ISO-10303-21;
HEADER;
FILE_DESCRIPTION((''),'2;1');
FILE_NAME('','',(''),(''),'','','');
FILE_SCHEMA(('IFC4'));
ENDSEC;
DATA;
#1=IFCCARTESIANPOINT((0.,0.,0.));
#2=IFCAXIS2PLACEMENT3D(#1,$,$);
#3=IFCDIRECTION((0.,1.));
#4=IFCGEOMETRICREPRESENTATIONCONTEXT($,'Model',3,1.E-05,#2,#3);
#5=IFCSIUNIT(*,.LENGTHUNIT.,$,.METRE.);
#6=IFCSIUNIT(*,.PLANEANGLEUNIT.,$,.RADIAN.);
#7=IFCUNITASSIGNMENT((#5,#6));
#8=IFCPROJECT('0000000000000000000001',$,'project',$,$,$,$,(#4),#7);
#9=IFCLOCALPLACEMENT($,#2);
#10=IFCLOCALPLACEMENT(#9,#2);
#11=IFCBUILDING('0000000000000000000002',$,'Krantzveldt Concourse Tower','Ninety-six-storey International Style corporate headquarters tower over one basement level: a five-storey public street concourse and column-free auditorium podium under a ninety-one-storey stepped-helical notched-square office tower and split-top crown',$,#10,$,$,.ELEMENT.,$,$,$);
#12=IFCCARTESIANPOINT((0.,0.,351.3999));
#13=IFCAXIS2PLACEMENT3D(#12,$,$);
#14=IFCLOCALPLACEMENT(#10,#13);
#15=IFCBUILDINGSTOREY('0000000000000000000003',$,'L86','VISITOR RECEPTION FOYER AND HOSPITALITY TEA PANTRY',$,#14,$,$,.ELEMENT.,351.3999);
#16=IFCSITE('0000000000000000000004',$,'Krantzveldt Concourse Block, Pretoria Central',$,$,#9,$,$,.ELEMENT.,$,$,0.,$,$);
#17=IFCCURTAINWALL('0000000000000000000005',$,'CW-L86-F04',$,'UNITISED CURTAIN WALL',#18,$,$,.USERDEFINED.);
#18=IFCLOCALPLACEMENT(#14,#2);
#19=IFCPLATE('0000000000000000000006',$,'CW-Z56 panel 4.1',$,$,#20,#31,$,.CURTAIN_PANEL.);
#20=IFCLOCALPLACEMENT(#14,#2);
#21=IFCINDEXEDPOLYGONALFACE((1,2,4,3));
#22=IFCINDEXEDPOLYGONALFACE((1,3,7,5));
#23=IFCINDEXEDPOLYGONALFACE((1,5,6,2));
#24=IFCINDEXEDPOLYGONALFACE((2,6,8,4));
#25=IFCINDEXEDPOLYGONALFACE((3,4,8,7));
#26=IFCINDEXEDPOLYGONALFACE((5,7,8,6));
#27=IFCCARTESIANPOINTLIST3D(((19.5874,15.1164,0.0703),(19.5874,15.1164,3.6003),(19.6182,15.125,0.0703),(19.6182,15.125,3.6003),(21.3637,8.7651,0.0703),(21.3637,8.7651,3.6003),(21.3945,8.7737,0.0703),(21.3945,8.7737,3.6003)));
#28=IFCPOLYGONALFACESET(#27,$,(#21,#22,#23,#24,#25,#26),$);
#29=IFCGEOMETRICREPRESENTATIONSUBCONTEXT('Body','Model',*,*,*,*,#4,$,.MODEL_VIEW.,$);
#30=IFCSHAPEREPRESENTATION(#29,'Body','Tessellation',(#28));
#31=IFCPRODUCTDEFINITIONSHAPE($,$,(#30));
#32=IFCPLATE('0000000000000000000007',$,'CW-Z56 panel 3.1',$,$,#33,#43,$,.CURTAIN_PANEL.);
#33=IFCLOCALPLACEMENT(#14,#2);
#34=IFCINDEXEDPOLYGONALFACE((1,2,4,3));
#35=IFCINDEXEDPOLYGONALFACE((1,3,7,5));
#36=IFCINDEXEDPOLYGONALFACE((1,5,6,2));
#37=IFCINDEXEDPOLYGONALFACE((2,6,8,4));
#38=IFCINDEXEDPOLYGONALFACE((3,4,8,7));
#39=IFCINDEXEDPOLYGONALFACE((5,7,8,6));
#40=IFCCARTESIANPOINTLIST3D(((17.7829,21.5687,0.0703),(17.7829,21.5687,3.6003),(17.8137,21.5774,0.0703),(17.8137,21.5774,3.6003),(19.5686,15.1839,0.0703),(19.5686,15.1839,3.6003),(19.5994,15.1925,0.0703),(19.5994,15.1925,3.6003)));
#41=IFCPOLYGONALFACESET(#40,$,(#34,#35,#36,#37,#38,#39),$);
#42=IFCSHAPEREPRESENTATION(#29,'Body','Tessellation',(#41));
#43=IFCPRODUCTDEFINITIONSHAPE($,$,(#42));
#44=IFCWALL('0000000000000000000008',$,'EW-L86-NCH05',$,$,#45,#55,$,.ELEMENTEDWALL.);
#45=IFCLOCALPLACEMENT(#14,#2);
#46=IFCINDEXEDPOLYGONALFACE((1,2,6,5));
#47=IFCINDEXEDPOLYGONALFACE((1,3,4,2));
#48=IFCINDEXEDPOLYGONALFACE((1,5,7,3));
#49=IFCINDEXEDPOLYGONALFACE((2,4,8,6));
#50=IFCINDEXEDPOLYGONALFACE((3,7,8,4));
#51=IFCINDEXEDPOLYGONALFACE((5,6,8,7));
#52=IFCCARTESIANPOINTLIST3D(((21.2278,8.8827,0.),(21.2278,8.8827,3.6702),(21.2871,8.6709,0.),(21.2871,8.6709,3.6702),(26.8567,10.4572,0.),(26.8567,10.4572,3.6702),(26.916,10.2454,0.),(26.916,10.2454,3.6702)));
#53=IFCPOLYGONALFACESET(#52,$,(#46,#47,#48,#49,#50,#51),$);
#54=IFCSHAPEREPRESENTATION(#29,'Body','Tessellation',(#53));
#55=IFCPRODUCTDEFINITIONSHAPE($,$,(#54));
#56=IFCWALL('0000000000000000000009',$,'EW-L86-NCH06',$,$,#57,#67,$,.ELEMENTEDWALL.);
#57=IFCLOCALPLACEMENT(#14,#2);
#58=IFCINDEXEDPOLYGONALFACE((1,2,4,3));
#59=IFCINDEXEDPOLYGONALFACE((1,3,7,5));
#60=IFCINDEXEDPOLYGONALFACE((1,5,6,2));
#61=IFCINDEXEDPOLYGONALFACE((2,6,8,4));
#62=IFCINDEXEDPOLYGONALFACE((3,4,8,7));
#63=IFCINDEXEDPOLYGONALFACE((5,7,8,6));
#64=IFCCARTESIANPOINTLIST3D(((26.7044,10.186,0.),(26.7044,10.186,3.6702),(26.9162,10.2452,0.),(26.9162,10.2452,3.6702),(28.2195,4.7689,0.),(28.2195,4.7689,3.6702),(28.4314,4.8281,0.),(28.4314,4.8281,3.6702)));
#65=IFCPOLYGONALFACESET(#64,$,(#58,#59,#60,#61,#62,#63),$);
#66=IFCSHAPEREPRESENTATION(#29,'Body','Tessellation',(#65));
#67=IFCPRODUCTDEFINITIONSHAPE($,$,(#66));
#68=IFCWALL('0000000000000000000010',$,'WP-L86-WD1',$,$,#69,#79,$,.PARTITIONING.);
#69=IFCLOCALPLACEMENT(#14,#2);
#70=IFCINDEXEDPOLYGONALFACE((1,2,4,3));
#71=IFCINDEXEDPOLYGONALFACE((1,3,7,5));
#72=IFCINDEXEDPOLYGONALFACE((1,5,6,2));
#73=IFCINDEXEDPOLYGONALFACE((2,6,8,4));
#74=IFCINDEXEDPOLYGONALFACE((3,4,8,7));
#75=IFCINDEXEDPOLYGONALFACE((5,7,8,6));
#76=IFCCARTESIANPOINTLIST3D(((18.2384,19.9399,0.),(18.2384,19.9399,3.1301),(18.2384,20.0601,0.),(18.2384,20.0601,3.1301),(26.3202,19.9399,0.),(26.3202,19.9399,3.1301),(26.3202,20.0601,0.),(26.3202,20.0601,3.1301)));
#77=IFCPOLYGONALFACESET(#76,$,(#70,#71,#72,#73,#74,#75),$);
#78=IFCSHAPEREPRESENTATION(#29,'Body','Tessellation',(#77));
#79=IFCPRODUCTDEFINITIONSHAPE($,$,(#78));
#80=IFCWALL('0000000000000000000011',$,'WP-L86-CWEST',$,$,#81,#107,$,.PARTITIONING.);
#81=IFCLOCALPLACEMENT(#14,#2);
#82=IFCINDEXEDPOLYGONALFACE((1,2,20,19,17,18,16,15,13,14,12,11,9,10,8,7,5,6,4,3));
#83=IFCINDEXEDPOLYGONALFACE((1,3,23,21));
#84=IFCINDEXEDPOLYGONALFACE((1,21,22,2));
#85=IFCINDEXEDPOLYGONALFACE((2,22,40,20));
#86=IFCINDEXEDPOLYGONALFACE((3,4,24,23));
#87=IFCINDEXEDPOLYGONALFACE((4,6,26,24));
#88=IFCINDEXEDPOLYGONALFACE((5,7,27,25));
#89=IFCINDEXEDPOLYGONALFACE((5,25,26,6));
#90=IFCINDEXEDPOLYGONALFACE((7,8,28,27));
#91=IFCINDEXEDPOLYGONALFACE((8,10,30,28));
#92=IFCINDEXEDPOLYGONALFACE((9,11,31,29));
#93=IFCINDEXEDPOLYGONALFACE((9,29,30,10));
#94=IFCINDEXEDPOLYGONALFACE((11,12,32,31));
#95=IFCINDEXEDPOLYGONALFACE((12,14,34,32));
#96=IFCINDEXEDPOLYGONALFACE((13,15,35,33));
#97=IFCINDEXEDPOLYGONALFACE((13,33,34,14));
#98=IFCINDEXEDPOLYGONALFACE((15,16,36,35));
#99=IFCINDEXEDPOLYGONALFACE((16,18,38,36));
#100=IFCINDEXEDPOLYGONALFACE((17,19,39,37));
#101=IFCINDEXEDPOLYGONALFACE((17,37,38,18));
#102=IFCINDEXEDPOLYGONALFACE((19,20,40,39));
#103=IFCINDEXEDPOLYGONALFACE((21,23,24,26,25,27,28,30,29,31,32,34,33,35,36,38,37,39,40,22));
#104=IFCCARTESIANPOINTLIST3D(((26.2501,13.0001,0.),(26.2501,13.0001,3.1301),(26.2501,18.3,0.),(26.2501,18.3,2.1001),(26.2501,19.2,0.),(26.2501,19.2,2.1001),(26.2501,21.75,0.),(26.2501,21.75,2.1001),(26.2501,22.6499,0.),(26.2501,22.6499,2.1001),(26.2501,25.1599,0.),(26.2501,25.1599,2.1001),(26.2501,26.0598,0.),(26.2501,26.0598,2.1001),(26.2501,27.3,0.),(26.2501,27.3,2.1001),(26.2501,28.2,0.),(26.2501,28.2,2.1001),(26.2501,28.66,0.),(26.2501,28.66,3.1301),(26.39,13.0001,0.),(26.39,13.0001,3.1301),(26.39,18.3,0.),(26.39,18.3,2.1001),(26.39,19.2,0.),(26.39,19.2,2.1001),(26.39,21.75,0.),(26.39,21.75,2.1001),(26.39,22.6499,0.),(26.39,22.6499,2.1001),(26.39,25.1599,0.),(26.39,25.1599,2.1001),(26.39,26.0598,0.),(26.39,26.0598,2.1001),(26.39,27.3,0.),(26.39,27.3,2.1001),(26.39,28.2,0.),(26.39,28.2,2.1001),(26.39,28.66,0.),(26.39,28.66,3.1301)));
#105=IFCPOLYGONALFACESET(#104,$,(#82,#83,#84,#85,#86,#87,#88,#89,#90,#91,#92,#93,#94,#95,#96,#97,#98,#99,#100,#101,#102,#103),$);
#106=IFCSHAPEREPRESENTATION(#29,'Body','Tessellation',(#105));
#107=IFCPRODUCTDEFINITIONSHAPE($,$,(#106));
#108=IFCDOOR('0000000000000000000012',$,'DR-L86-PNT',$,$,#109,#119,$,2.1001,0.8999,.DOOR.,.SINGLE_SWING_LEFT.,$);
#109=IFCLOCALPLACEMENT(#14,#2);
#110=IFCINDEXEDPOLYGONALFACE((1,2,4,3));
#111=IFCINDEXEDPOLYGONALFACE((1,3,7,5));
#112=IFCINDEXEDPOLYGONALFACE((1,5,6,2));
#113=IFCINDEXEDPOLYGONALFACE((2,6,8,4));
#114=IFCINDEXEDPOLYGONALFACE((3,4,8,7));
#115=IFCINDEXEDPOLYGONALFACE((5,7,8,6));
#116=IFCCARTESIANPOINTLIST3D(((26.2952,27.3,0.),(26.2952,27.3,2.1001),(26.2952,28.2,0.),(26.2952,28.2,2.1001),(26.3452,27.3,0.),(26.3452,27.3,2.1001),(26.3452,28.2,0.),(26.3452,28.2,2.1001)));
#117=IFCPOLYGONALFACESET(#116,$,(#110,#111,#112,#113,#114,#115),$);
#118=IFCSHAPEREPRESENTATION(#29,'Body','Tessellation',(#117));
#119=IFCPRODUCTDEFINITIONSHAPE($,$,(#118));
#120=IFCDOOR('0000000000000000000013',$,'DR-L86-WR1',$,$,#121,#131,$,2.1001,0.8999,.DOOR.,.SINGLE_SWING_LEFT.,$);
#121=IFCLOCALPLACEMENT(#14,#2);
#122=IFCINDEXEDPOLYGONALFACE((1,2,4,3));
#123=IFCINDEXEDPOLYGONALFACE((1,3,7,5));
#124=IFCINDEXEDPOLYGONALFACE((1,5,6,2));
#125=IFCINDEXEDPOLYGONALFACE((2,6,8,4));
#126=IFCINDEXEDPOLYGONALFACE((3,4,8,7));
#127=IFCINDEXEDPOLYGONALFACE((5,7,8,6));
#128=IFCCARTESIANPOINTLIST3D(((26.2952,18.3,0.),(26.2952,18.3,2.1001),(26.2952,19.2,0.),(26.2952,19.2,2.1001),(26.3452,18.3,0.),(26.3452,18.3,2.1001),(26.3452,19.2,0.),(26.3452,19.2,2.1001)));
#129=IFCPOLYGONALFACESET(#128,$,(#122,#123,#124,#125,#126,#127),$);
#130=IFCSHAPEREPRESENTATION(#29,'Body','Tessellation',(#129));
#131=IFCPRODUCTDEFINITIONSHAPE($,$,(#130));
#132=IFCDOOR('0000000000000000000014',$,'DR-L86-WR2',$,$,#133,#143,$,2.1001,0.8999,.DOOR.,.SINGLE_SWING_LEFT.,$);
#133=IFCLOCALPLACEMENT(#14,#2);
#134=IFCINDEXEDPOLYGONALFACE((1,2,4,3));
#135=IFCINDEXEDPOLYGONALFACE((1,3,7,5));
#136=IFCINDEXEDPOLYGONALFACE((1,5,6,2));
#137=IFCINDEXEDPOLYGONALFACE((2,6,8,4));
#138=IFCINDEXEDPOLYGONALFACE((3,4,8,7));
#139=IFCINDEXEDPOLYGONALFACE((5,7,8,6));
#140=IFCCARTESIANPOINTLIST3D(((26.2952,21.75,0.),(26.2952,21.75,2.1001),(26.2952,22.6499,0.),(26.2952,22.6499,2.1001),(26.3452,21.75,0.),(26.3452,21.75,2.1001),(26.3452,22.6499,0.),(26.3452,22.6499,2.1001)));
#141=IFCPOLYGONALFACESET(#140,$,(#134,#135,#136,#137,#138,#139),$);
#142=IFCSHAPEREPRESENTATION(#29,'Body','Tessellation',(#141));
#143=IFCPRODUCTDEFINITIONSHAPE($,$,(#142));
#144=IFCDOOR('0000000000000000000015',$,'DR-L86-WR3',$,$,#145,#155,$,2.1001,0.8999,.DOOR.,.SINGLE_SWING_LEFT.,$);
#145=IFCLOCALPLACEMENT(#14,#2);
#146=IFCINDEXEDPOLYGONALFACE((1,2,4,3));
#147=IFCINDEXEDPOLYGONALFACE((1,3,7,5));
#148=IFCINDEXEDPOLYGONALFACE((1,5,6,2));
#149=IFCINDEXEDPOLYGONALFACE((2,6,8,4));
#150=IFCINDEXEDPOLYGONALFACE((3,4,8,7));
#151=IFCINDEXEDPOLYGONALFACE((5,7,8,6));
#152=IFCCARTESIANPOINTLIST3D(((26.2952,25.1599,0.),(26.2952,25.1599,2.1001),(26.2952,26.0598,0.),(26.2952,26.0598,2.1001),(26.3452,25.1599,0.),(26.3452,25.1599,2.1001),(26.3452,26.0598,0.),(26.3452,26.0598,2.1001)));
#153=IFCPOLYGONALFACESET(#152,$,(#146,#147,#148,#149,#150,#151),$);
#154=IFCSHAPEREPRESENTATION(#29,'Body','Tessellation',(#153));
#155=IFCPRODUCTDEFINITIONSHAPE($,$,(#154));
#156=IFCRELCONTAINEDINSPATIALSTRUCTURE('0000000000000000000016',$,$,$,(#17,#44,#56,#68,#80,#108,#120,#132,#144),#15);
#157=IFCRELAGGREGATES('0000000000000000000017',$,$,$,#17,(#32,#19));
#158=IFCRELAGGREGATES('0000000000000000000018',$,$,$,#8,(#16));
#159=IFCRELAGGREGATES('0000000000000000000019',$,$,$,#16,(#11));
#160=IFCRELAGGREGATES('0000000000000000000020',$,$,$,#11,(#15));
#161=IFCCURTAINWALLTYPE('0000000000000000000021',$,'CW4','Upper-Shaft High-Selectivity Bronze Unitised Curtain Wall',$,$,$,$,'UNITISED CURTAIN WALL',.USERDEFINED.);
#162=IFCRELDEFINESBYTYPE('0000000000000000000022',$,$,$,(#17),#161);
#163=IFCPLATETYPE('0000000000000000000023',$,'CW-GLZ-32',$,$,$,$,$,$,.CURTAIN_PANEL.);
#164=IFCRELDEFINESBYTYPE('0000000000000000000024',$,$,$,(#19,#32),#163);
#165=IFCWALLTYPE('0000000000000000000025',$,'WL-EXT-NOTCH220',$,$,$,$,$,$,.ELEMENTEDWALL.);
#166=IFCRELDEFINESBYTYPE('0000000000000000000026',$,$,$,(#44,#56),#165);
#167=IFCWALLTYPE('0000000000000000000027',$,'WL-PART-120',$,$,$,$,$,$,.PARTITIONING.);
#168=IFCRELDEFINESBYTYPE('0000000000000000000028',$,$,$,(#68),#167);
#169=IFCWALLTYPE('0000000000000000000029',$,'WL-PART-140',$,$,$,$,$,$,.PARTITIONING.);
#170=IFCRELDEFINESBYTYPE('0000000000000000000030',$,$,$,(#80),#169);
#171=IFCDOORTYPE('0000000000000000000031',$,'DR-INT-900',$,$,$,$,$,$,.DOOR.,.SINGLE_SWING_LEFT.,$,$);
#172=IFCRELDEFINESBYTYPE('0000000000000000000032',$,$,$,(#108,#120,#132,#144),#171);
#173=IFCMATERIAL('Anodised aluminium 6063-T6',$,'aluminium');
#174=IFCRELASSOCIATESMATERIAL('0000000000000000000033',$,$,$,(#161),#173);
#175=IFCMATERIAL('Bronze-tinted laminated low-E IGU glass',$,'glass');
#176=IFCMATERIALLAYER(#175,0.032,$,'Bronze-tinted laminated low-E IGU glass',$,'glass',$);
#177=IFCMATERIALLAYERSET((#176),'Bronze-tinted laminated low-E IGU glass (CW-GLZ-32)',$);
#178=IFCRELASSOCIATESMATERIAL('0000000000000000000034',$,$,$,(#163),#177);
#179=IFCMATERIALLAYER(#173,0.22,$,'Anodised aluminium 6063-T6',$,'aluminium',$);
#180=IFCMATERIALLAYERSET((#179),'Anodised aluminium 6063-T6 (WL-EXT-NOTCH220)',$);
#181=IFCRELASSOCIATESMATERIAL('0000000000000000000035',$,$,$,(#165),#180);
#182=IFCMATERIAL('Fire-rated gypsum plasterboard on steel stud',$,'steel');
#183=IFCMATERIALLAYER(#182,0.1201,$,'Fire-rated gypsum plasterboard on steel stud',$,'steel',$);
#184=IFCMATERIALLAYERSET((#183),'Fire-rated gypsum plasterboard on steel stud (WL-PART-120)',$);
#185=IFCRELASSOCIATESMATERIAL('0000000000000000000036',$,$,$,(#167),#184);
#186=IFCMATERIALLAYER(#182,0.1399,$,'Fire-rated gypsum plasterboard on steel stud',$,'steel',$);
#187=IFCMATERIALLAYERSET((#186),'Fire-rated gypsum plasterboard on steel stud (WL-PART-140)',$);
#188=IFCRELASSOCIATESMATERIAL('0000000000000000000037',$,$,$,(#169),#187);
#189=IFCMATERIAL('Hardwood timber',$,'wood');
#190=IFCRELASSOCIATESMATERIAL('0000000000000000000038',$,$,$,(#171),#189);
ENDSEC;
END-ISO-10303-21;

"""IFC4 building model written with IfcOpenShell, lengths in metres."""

from ifc_helpers import new_model, si_unit, direction, frame, frame_2d, origin, origin_2d, place, context, subcontext, project, spatial, rectangle, extrude, source, transform, mapped, material, layer, layer_set, type_object, type_shapes, element, fill, aggregate, save


model = new_model("IFC4")

# Units and contexts
model_context = context("Model", 3, precision=1e-05, world=origin(), true_north=direction((0.0, 1.0)))
body_context = subcontext(model_context, "Body", "Model", "MODEL_VIEW")
ifc_project = project(units=[si_unit("LENGTHUNIT", "METRE"), si_unit("PLANEANGLEUNIT", "RADIAN")], contexts=[model_context])

# Site, building, storey
site_placement = place(None, origin())
site = spatial("IfcSite", under=ifc_project, at=site_placement, Name="Krantzveldt Concourse Block, Pretoria Central", CompositionType="ELEMENT", RefElevation=0.0)
building_placement = place(site_placement, origin())
building = spatial("IfcBuilding", under=site, at=building_placement, Name="Krantzveldt Concourse Tower", Description="Ninety-six-storey International Style corporate headquarters tower over one basement level: a five-storey public street concourse and column-free auditorium podium under a ninety-one-storey stepped-helical notched-square office tower and split-top crown", CompositionType="ELEMENT")
storey_placement = place(building_placement, frame((0.0, 0.0, 351.3999)))
storey = spatial("IfcBuildingStorey", under=building, at=storey_placement, Name="L86", Description="VISITOR RECEPTION FOYER AND HOSPITALITY TEA PANTRY", CompositionType="ELEMENT", Elevation=351.3999)

# Curtain wall
ifc_material_1 = material(Name="Anodised aluminium 6063-T6", Category="aluminium")
curtain_wall_type = type_object("IfcCurtainWallType", Name="CW4", Description="Upper-Shaft High-Selectivity Bronze Unitised Curtain Wall", ElementType="UNITISED CURTAIN WALL", PredefinedType="USERDEFINED", material=ifc_material_1)
curtain_wall_1_placement = place(storey_placement, origin())
curtain_wall_1 = element("IfcCurtainWall", 1, at=curtain_wall_1_placement, inside=storey, type_object=curtain_wall_type, Name="CW-L86-F04", ObjectType="UNITISED CURTAIN WALL", PredefinedType="USERDEFINED")

# Plates
ifc_material_2 = material(Name="Bronze-tinted laminated low-E IGU glass", Category="glass")
ifc_layer_1 = layer(ifc_material_2, 0.032, Name="Bronze-tinted laminated low-E IGU glass", Category="glass")
ifc_layer_set_1 = layer_set([ifc_layer_1], Name="Bronze-tinted laminated low-E IGU glass (CW-GLZ-32)")
plate_type = type_object("IfcPlateType", Name="CW-GLZ-32", PredefinedType="CURTAIN_PANEL", material=ifc_layer_set_1)
shared_shape_1 = source(origin(), body_context, "Body", "SweptSolid", [
    extrude(rectangle(XDim=6.595, YDim=0.032, at=origin_2d()), origin(), (0.0, 0.0, 1.0), 3.53),
])
plate_1_placement = place(storey_placement, frame((20.491, 11.9451, 0.0703), z_axis=(0.0, 0.0, 1.0), x_axis=(0.26934, -0.963045, 0.0)))
plate_1 = element("IfcPlate", 2, at=plate_1_placement, type_object=plate_type, Name="CW-Z56 panel 4.1", PredefinedType="CURTAIN_PANEL", context=body_context, shape_type="MappedRepresentation", body=[
    mapped(shared_shape_1, transform((0.0, 0.0, 0.0), x_axis=(1.0, 0.0, 0.0), y_axis=(0.0, 1.0, 0.0), z_axis=(0.0, 0.0, 1.0), scale=1.0)),
])
shared_shape_2 = source(origin(), body_context, "Body", "SweptSolid", [
    extrude(rectangle(XDim=6.6299, YDim=0.032, at=origin_2d()), origin(), (0.0, 0.0, 1.0), 3.53),
])
type_shapes(plate_type, [shared_shape_1, shared_shape_2])
plate_2_placement = place(storey_placement, frame((18.6912, 18.3806, 0.0703), z_axis=(0.0, 0.0, 1.0), x_axis=(0.26934, -0.963045, 0.0)))
plate_2 = element("IfcPlate", 3, at=plate_2_placement, type_object=plate_type, Name="CW-Z56 panel 3.1", PredefinedType="CURTAIN_PANEL", context=body_context, shape_type="MappedRepresentation", body=[
    mapped(shared_shape_2, transform((0.0, 0.0, 0.0), x_axis=(1.0, 0.0, 0.0), y_axis=(0.0, 1.0, 0.0), z_axis=(0.0, 0.0, 1.0), scale=1.0)),
])
aggregate(curtain_wall_1, [plate_2, plate_1])

# Walls
ifc_layer_2 = layer(ifc_material_1, 0.22, Name="Anodised aluminium 6063-T6", Category="aluminium")
ifc_layer_set_2 = layer_set([ifc_layer_2], Name="Anodised aluminium 6063-T6 (WL-EXT-NOTCH220)")
wall_type_1 = type_object("IfcWallType", Name="WL-EXT-NOTCH220", PredefinedType="ELEMENTEDWALL", material=ifc_layer_set_2)
wall_1_placement = place(storey_placement, frame((21.2576, 8.7769, 0.0), z_axis=(0.0, 0.0, 1.0), x_axis=(0.963036, 0.269371, 0.0)))
element("IfcWall", 4, at=wall_1_placement, inside=storey, type_object=wall_type_1, Name="EW-L86-NCH05", PredefinedType="ELEMENTEDWALL", context=body_context, shape_type="SweptSolid", body=[
    extrude(rectangle(XDim=5.845, YDim=0.22, at=frame_2d((2.9224, 0.0))), origin(), (0.0, 0.0, 1.0), 3.6702),
])
wall_2_placement = place(storey_placement, frame((26.8103, 10.2156, 0.0), z_axis=(0.0, 0.0, 1.0), x_axis=(0.269363, -0.963039, 0.0)))
element("IfcWall", 5, at=wall_2_placement, inside=storey, type_object=wall_type_1, Name="EW-L86-NCH06", PredefinedType="ELEMENTEDWALL", context=body_context, shape_type="SweptSolid", body=[
    extrude(rectangle(XDim=5.625, YDim=0.22, at=frame_2d((2.8125, 0.0))), origin(), (0.0, 0.0, 1.0), 3.6702),
])
ifc_material_3 = material(Name="Fire-rated gypsum plasterboard on steel stud", Category="steel")
ifc_layer_3 = layer(ifc_material_3, 0.1201, Name="Fire-rated gypsum plasterboard on steel stud", Category="steel")
ifc_layer_set_3 = layer_set([ifc_layer_3], Name="Fire-rated gypsum plasterboard on steel stud (WL-PART-120)")
wall_type_2 = type_object("IfcWallType", Name="WL-PART-120", PredefinedType="PARTITIONING", material=ifc_layer_set_3)
wall_3_placement = place(storey_placement, frame((18.2383, 20.0, 0.0), z_axis=(0.0, 0.0, 1.0), x_axis=(1.0, 0.0, 0.0)))
element("IfcWall", 6, at=wall_3_placement, inside=storey, type_object=wall_type_2, Name="WP-L86-WD1", PredefinedType="PARTITIONING", context=body_context, shape_type="SweptSolid", body=[
    extrude(rectangle(XDim=8.0818, YDim=0.1201, at=frame_2d((4.041, 0.0))), origin(), (0.0, 0.0, 1.0), 3.1301),
])

# Wall, openings, doors
ifc_layer_4 = layer(ifc_material_3, 0.1399, Name="Fire-rated gypsum plasterboard on steel stud", Category="steel")
ifc_layer_set_4 = layer_set([ifc_layer_4], Name="Fire-rated gypsum plasterboard on steel stud (WL-PART-140)")
wall_type_3 = type_object("IfcWallType", Name="WL-PART-140", PredefinedType="PARTITIONING", material=ifc_layer_set_4)
wall_4_placement = place(storey_placement, frame((26.3201, 13.0, 0.0), z_axis=(0.0, 0.0, 1.0), x_axis=(0.0, 1.0, 0.0)))
wall_4 = element("IfcWall", 7, at=wall_4_placement, inside=storey, type_object=wall_type_3, Name="WP-L86-CWEST", PredefinedType="PARTITIONING", context=body_context, shape_type="SweptSolid", body=[
    extrude(rectangle(XDim=15.6599, YDim=0.1399, at=frame_2d((7.8301, 0.0))), origin(), (0.0, 0.0, 1.0), 3.1301),
])
opening_1_placement = place(wall_4_placement, frame((14.3, 0.0, 0.0)))
opening_1 = element("IfcOpeningElement", 8, at=opening_1_placement, cuts=wall_4, PredefinedType="OPENING", context=body_context, shape_type="SweptSolid", body=[
    extrude(rectangle(XDim=0.8999, YDim=2.1001, at=frame_2d((0.45, 1.05))), frame((0.0, 0.0801, 0.0), z_axis=(0.0, -1.0, 0.0), x_axis=(1.0, 0.0, 0.0)), (0.0, 0.0, 1.0), 0.1599),
])
opening_2_placement = place(wall_4_placement, frame((5.3, 0.0, 0.0)))
opening_2 = element("IfcOpeningElement", 9, at=opening_2_placement, cuts=wall_4, PredefinedType="OPENING", context=body_context, shape_type="SweptSolid", body=[
    extrude(rectangle(XDim=0.8999, YDim=2.1001, at=frame_2d((0.45, 1.05))), frame((0.0, 0.0801, 0.0), z_axis=(0.0, -1.0, 0.0), x_axis=(1.0, 0.0, 0.0)), (0.0, 0.0, 1.0), 0.1599),
])
opening_3_placement = place(wall_4_placement, frame((8.75, 0.0, 0.0)))
opening_3 = element("IfcOpeningElement", 10, at=opening_3_placement, cuts=wall_4, PredefinedType="OPENING", context=body_context, shape_type="SweptSolid", body=[
    extrude(rectangle(XDim=0.8999, YDim=2.1001, at=frame_2d((0.45, 1.05))), frame((0.0, 0.0801, 0.0), z_axis=(0.0, -1.0, 0.0), x_axis=(1.0, 0.0, 0.0)), (0.0, 0.0, 1.0), 0.1599),
])
opening_4_placement = place(wall_4_placement, frame((12.1599, 0.0, 0.0)))
opening_4 = element("IfcOpeningElement", 11, at=opening_4_placement, cuts=wall_4, PredefinedType="OPENING", context=body_context, shape_type="SweptSolid", body=[
    extrude(rectangle(XDim=0.8999, YDim=2.1001, at=frame_2d((0.45, 1.05))), frame((0.0, 0.0801, 0.0), z_axis=(0.0, -1.0, 0.0), x_axis=(1.0, 0.0, 0.0)), (0.0, 0.0, 1.0), 0.1599),
])
ifc_material_4 = material(Name="Hardwood timber", Category="wood")
door_type_1 = type_object("IfcDoorType", Name="DR-INT-900", OperationType="SINGLE_SWING_LEFT", PredefinedType="DOOR", material=ifc_material_4)
door_1_placement = place(opening_1_placement, origin())
door_1 = element("IfcDoor", 12, at=door_1_placement, inside=storey, type_object=door_type_1, Name="DR-L86-PNT", OperationType="SINGLE_SWING_LEFT", OverallHeight=2.1001, OverallWidth=0.8999, PredefinedType="DOOR", context=body_context, shape_type="SweptSolid", body=[
    extrude(rectangle(XDim=0.8999, YDim=2.1001, at=frame_2d((0.45, 1.05))), frame((0.0, 0.0249, 0.0), z_axis=(0.0, -1.0, 0.0), x_axis=(1.0, 0.0, 0.0)), (0.0, 0.0, 1.0), 0.05),
])
fill(opening_1, door_1)
door_2_placement = place(opening_2_placement, origin())
door_2 = element("IfcDoor", 13, at=door_2_placement, inside=storey, type_object=door_type_1, Name="DR-L86-WR1", OperationType="SINGLE_SWING_LEFT", OverallHeight=2.1001, OverallWidth=0.8999, PredefinedType="DOOR", context=body_context, shape_type="SweptSolid", body=[
    extrude(rectangle(XDim=0.8999, YDim=2.1001, at=frame_2d((0.45, 1.05))), frame((0.0, 0.0249, 0.0), z_axis=(0.0, -1.0, 0.0), x_axis=(1.0, 0.0, 0.0)), (0.0, 0.0, 1.0), 0.05),
])
fill(opening_2, door_2)
door_3_placement = place(opening_3_placement, origin())
door_3 = element("IfcDoor", 14, at=door_3_placement, inside=storey, type_object=door_type_1, Name="DR-L86-WR2", OperationType="SINGLE_SWING_LEFT", OverallHeight=2.1001, OverallWidth=0.8999, PredefinedType="DOOR", context=body_context, shape_type="SweptSolid", body=[
    extrude(rectangle(XDim=0.8999, YDim=2.1001, at=frame_2d((0.45, 1.05))), frame((0.0, 0.0249, 0.0), z_axis=(0.0, -1.0, 0.0), x_axis=(1.0, 0.0, 0.0)), (0.0, 0.0, 1.0), 0.05),
])
fill(opening_3, door_3)
door_4_placement = place(opening_4_placement, origin())
door_4 = element("IfcDoor", 15, at=door_4_placement, inside=storey, type_object=door_type_1, Name="DR-L86-WR3", OperationType="SINGLE_SWING_LEFT", OverallHeight=2.1001, OverallWidth=0.8999, PredefinedType="DOOR", context=body_context, shape_type="SweptSolid", body=[
    extrude(rectangle(XDim=0.8999, YDim=2.1001, at=frame_2d((0.45, 1.05))), frame((0.0, 0.0249, 0.0), z_axis=(0.0, -1.0, 0.0), x_axis=(1.0, 0.0, 0.0)), (0.0, 0.0, 1.0), 0.05),
])
fill(opening_4, door_4)

save(model, "model.ifc")
